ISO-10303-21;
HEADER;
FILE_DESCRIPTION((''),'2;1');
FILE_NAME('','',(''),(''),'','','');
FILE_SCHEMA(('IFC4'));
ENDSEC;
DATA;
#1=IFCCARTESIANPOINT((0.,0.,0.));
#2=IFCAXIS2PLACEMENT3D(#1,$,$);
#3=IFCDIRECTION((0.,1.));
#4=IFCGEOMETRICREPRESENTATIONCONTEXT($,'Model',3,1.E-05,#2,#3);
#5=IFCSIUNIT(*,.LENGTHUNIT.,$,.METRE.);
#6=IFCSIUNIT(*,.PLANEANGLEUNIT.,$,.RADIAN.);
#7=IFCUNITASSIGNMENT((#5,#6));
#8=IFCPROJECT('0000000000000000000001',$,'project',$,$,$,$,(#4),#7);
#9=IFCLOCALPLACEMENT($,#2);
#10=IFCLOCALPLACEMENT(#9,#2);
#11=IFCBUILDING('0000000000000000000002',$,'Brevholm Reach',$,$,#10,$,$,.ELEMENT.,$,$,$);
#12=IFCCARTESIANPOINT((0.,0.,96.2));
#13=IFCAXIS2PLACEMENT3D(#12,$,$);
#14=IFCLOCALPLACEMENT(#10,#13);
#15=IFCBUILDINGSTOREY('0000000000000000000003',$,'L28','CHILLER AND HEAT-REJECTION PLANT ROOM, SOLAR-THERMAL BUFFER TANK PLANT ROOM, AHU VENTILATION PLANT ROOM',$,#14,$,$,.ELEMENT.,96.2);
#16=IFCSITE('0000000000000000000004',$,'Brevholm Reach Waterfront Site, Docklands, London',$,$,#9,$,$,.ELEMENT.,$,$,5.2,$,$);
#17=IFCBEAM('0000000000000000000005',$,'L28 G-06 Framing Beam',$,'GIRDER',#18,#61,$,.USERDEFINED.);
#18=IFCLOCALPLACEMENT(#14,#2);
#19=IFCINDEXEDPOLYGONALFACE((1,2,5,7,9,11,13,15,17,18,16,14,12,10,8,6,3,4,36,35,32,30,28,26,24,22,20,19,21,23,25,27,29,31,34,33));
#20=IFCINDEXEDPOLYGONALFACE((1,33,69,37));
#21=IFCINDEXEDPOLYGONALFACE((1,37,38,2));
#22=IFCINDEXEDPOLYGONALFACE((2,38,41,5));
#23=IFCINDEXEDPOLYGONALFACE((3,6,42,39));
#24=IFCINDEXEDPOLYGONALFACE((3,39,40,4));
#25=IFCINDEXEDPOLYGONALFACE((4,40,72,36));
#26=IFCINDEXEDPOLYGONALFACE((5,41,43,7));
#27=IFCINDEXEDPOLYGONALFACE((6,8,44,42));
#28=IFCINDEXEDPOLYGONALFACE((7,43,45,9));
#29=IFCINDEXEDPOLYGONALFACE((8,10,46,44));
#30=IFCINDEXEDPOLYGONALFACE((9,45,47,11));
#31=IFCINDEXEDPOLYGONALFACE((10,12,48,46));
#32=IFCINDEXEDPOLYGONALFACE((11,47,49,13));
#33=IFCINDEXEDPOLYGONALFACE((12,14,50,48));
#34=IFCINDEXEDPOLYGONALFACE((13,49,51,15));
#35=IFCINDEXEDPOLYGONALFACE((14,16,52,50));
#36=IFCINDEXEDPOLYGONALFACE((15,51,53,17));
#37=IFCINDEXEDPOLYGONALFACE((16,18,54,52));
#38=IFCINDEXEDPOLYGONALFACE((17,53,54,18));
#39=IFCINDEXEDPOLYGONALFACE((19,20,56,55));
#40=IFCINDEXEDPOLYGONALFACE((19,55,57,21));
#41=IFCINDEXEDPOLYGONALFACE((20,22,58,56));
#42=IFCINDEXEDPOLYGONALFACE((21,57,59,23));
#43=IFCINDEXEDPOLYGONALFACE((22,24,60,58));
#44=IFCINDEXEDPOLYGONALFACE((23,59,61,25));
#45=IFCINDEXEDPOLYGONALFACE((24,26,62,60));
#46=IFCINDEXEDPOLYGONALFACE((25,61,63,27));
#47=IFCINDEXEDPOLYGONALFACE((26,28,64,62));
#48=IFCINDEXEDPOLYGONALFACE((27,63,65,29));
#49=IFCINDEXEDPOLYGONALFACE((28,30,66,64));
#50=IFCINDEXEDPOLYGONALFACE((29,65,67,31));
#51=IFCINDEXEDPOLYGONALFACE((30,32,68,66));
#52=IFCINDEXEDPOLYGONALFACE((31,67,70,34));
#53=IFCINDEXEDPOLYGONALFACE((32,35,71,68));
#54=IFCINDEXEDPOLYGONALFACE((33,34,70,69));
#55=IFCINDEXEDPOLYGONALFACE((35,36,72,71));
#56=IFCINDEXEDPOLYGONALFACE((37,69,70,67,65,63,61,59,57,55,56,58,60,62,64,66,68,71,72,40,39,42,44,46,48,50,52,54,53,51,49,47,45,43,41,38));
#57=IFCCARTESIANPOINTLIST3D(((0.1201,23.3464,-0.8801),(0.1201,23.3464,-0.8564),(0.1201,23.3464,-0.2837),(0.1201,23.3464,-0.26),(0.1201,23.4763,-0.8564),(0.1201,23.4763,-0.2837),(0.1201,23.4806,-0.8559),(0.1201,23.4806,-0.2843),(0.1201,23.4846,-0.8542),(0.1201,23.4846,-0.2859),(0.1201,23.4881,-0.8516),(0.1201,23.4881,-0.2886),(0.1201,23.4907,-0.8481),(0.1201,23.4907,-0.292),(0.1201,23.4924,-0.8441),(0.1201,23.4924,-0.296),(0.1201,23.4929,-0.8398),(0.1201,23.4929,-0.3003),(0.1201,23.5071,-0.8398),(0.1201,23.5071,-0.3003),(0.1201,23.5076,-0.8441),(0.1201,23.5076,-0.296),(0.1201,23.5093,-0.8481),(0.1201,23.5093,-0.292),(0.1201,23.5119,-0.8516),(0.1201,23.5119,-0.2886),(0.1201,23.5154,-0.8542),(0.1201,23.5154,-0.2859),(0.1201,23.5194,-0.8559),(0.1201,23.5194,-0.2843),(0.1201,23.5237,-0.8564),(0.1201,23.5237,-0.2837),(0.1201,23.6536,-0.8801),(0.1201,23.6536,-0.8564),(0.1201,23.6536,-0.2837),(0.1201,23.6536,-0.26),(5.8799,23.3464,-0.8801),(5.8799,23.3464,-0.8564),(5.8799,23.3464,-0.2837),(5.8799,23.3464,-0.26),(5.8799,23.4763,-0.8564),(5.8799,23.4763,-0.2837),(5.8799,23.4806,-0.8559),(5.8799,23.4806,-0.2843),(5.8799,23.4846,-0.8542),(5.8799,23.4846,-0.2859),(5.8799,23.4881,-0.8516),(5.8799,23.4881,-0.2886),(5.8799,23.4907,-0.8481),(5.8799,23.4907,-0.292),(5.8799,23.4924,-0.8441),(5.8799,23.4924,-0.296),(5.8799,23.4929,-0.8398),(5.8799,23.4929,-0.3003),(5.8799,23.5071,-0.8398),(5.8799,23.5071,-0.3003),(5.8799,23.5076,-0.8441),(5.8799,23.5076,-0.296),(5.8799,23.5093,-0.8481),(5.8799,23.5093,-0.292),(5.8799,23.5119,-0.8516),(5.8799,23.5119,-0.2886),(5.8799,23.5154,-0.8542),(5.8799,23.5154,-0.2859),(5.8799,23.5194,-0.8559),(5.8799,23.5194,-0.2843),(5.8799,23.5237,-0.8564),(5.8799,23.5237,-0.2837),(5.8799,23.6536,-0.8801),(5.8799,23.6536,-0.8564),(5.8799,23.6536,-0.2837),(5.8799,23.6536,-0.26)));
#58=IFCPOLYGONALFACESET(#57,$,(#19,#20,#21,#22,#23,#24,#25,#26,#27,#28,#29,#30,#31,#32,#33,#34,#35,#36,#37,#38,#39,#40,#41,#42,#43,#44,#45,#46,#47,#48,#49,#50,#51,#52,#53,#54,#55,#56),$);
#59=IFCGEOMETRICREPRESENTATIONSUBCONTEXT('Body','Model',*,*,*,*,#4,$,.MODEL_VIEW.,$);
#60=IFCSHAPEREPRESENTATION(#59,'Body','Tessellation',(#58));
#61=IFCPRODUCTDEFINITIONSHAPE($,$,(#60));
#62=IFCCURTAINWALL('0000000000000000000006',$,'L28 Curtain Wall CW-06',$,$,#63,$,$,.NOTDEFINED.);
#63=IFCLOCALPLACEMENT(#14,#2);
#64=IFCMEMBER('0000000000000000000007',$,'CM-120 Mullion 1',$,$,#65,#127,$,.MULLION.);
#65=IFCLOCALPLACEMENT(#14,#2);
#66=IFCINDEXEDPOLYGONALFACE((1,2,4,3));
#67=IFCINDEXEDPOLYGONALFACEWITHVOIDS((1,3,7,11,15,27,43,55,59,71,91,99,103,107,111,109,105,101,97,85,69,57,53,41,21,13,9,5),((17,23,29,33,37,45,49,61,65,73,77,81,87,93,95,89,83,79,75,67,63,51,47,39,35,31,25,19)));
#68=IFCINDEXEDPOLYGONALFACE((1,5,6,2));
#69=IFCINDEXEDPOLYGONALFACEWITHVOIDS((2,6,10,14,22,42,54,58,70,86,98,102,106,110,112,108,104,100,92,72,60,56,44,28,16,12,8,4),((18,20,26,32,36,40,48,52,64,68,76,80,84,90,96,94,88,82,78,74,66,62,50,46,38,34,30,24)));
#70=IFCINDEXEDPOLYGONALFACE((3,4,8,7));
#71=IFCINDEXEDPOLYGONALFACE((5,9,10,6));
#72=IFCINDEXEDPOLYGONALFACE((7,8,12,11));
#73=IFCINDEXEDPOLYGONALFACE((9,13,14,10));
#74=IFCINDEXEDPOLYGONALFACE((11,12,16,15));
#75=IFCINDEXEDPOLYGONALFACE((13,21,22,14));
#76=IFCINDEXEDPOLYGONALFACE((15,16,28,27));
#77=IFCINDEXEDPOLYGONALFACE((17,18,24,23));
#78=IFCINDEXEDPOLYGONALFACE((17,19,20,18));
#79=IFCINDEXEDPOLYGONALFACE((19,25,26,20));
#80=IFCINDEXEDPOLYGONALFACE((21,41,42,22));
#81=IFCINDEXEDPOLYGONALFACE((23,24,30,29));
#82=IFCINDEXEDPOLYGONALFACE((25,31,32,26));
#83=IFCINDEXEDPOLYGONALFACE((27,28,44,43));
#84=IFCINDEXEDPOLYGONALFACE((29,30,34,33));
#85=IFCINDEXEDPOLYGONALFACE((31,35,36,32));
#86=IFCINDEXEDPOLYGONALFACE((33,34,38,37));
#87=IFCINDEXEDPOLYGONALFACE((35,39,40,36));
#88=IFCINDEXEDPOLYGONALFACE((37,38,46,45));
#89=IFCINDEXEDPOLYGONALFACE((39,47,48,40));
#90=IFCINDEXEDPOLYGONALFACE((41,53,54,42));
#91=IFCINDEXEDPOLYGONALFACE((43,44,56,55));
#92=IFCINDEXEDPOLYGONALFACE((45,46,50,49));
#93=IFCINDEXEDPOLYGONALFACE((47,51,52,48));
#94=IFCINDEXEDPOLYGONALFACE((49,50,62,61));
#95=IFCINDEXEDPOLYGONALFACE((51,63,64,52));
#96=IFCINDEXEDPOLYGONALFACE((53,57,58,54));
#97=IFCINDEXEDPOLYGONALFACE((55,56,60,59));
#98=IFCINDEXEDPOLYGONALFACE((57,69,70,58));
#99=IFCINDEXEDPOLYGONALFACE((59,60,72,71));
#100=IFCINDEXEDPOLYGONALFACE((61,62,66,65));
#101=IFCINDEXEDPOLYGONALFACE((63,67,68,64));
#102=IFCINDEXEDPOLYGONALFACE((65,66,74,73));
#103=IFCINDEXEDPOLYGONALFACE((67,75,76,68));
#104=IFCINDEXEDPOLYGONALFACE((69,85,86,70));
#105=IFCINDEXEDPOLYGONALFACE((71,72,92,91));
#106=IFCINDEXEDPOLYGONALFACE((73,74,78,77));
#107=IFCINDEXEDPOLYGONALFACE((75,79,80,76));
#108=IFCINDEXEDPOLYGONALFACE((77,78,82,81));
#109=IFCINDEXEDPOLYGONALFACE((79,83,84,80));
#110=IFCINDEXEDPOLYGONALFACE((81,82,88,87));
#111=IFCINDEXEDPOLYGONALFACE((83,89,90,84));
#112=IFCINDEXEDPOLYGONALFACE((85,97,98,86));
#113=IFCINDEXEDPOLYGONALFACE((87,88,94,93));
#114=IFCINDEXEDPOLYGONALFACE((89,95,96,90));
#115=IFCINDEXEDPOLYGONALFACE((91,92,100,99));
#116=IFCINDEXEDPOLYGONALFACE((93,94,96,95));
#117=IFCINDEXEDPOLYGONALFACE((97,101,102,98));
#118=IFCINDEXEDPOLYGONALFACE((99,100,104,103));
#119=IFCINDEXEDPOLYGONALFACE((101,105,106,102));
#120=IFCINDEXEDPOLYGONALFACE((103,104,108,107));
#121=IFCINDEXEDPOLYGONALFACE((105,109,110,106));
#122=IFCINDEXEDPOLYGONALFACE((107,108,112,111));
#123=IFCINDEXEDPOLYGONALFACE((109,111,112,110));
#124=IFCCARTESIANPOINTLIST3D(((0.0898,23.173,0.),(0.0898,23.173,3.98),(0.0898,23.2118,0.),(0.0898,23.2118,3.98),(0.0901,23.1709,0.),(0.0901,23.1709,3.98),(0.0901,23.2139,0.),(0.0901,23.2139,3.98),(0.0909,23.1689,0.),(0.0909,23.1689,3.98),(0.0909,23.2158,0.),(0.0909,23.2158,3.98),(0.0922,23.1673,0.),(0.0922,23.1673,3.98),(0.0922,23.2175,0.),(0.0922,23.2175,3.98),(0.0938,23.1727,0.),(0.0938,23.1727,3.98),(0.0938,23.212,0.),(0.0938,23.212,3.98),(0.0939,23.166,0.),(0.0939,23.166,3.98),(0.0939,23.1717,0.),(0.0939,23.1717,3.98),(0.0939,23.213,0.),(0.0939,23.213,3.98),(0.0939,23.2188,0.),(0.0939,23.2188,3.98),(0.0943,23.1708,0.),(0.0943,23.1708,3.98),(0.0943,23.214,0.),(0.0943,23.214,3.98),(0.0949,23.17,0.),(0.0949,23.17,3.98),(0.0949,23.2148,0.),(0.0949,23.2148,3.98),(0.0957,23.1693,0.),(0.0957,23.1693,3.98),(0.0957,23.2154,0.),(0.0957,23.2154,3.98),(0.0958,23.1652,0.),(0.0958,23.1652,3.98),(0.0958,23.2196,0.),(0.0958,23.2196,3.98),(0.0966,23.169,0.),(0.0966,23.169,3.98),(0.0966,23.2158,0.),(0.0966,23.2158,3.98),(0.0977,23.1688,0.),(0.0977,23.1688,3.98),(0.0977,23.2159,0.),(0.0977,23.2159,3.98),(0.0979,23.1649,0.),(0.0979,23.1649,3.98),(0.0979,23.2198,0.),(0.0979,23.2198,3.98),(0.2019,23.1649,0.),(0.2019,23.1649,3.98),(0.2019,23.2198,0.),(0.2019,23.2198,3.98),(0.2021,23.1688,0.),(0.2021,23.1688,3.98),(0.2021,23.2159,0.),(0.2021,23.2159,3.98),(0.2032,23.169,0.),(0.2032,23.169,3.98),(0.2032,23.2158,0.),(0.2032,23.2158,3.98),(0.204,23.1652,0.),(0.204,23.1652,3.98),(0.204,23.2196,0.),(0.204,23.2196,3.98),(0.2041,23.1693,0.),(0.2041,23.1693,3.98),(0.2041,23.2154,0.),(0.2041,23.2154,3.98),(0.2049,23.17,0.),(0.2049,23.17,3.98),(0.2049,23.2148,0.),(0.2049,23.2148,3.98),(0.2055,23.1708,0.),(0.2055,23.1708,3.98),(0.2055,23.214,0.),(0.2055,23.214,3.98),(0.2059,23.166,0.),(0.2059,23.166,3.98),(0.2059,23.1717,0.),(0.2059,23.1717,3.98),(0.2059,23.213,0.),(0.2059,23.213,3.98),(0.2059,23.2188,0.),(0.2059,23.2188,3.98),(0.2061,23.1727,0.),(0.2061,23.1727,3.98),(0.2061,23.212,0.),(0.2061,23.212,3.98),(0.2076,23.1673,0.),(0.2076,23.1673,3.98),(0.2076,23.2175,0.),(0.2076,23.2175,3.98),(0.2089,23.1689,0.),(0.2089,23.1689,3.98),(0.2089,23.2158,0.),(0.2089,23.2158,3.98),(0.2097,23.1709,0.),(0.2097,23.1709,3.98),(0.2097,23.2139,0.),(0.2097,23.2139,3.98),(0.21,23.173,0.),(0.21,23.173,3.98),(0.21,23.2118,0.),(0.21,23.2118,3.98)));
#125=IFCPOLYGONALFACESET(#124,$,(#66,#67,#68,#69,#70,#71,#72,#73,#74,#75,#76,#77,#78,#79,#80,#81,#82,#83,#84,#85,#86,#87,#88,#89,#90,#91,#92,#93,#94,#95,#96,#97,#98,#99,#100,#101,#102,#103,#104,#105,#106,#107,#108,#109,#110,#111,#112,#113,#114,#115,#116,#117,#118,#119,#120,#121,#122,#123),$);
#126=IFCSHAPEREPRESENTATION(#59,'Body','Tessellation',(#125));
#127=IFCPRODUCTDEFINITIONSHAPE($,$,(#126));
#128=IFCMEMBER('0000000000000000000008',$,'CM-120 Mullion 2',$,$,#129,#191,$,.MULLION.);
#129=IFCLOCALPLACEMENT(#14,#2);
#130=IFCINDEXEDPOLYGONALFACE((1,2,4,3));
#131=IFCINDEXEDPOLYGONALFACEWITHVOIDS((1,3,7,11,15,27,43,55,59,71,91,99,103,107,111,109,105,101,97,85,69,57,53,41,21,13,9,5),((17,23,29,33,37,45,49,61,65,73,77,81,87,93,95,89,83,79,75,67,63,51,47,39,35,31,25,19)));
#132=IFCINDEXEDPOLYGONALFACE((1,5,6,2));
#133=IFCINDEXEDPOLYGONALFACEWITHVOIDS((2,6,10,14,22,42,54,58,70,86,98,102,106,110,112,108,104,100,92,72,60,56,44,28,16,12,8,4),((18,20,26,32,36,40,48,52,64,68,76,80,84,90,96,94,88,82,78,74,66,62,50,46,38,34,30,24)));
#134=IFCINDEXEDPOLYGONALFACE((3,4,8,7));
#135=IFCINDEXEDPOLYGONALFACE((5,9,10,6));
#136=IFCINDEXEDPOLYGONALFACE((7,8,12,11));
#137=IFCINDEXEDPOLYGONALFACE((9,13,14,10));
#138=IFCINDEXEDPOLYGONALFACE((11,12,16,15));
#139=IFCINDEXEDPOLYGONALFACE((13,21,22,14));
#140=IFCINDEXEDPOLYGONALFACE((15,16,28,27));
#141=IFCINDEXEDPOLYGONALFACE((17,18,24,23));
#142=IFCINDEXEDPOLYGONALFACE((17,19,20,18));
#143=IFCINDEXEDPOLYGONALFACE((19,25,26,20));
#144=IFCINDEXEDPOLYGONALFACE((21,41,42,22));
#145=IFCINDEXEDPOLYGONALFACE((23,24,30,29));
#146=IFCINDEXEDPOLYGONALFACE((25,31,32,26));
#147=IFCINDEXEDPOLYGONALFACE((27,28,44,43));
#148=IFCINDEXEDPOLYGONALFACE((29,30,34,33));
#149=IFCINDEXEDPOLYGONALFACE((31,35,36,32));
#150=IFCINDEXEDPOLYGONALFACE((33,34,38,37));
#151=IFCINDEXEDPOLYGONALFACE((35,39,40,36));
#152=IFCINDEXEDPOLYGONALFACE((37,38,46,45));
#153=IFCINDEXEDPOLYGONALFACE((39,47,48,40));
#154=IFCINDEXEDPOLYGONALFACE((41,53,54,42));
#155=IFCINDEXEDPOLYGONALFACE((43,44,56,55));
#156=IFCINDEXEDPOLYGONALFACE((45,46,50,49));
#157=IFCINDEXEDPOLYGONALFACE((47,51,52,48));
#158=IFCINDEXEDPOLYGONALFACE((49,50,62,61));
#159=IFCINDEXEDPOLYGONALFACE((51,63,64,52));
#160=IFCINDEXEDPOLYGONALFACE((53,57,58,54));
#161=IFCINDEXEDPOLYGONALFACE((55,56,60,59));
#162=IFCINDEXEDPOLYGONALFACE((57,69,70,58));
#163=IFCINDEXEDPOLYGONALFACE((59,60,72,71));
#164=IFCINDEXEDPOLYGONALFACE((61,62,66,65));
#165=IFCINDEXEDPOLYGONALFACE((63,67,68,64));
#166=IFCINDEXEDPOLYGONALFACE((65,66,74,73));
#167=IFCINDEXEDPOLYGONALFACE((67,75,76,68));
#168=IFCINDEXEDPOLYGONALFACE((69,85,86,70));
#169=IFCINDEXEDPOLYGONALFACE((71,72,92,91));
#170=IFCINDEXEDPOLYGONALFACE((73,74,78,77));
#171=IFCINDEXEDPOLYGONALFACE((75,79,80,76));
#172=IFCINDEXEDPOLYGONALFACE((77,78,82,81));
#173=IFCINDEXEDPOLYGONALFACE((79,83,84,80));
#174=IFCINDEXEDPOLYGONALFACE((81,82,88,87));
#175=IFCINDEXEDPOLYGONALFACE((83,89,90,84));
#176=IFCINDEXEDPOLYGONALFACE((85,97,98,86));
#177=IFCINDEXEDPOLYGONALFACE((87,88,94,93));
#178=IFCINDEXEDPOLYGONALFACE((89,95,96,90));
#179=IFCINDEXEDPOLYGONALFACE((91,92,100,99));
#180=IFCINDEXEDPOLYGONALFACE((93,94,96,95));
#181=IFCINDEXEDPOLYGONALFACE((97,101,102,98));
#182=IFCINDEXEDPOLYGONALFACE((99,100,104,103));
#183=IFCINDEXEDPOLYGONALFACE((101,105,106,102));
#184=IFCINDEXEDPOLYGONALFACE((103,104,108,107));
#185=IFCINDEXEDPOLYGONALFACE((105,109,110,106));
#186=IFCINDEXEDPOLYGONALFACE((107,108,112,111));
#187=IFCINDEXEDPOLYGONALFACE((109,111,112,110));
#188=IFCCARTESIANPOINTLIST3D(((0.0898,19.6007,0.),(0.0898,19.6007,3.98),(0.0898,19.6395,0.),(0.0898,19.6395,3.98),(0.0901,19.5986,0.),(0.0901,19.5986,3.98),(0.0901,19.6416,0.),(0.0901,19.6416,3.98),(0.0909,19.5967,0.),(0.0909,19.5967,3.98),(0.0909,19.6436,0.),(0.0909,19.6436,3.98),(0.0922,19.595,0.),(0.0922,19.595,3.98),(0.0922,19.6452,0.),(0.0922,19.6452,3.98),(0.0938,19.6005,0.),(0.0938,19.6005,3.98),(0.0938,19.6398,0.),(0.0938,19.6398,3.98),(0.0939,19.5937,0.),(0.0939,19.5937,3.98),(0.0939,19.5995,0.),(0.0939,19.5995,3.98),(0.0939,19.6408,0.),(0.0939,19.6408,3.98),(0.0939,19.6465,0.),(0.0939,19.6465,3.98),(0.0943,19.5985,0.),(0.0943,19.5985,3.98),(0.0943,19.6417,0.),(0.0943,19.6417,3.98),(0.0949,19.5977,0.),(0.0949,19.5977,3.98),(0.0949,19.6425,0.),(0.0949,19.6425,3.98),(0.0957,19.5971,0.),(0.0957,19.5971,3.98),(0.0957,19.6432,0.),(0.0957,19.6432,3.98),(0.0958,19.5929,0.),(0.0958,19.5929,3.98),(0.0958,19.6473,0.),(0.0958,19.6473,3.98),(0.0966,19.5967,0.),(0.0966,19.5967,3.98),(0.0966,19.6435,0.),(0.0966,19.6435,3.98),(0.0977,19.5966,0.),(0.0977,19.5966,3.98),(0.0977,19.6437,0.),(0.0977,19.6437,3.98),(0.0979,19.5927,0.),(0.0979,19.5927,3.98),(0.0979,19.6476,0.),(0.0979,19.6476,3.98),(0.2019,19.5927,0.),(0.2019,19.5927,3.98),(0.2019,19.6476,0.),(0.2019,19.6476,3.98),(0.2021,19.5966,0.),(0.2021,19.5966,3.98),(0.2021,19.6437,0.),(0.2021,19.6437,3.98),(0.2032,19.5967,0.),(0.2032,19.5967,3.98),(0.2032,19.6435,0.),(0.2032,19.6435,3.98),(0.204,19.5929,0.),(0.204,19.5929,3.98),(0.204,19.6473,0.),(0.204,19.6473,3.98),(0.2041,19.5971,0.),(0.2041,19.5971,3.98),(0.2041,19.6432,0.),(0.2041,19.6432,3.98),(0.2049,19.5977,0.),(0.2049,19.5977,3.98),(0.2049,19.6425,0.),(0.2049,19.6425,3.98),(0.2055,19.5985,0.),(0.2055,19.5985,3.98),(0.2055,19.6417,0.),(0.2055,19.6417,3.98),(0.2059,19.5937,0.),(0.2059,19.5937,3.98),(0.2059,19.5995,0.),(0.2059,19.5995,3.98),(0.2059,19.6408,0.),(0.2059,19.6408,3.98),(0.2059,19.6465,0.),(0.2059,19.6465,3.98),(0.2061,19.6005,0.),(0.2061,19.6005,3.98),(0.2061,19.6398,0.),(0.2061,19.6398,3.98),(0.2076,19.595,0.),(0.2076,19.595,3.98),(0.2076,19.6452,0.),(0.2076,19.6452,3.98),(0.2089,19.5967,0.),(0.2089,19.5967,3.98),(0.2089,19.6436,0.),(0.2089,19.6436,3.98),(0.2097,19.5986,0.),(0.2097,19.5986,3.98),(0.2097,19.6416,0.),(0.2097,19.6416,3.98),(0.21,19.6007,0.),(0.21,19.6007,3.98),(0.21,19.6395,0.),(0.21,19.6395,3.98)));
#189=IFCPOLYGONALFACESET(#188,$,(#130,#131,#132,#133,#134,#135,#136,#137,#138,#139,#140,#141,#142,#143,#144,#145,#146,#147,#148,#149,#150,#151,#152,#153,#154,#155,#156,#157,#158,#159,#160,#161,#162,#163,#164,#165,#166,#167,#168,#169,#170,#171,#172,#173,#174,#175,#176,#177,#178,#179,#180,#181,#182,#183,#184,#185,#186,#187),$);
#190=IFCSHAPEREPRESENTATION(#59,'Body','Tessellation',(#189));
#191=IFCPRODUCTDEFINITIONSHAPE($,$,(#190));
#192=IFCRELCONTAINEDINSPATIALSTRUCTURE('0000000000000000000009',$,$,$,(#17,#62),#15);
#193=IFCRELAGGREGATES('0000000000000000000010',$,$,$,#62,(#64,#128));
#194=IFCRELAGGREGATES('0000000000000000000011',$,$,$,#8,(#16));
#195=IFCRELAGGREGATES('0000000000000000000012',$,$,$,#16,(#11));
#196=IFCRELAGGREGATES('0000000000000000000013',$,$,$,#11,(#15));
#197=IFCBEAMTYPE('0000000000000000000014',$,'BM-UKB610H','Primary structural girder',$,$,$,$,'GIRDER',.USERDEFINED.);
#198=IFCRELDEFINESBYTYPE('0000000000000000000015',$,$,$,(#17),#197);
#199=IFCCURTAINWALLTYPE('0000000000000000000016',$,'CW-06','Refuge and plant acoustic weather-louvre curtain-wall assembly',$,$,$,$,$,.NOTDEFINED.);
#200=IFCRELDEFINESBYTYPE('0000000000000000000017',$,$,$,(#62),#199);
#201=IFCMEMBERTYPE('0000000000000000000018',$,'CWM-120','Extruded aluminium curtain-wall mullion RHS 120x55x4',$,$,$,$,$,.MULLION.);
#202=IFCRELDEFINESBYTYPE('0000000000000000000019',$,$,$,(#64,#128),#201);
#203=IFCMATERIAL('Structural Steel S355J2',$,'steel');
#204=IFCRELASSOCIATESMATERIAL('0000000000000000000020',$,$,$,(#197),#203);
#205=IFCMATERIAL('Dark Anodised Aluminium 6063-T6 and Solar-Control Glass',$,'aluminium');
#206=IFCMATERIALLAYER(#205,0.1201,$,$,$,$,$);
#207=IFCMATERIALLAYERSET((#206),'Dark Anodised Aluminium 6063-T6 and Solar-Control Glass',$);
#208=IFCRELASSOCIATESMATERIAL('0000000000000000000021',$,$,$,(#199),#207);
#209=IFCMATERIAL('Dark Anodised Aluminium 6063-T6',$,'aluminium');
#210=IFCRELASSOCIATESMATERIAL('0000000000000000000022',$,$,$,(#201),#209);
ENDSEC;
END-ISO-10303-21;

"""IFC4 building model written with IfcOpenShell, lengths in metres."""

from ifc_helpers import new_model, si_unit, direction, frame, origin, origin_2d, place, context, subcontext, project, spatial, hollow_rectangle, i_section, extrude, material, layer, layer_set, material_profile, profile_set, type_object, element, aggregate, save


model = new_model("IFC4")

# Units and contexts
model_context = context("Model", 3, precision=1e-05, world=origin(), true_north=direction((0.0, 1.0)))
body_context = subcontext(model_context, "Body", "Model", "MODEL_VIEW")
ifc_project = project(units=[si_unit("LENGTHUNIT", "METRE"), si_unit("PLANEANGLEUNIT", "RADIAN")], contexts=[model_context])

# Site, building, storey
site_placement = place(None, origin())
site = spatial("IfcSite", under=ifc_project, at=site_placement, Name="Brevholm Reach Waterfront Site, Docklands, London", CompositionType="ELEMENT", RefElevation=5.2)
building_placement = place(site_placement, origin())
building = spatial("IfcBuilding", under=site, at=building_placement, Name="Brevholm Reach", CompositionType="ELEMENT")
storey_placement = place(building_placement, frame((0.0, 0.0, 96.2)))
storey = spatial("IfcBuildingStorey", under=building, at=storey_placement, Name="L28", Description="CHILLER AND HEAT-REJECTION PLANT ROOM, SOLAR-THERMAL BUFFER TANK PLANT ROOM, AHU VENTILATION PLANT ROOM", CompositionType="ELEMENT", Elevation=96.2)

# Beam
ifc_material_1 = material(Name="Structural Steel S355J2", Category="steel")
ifc_material_profile_1 = material_profile(ifc_material_1, i_section(OverallWidth=0.3071, OverallDepth=0.6201, WebThickness=0.0142, FlangeThickness=0.0237, FilletRadius=0.0166, at=origin_2d()), Name="UKB 610x305x179")
ifc_profile_set_1 = profile_set([ifc_material_profile_1], Name="Structural Steel S355J2")
beam_type_1 = type_object("IfcBeamType", Name="BM-UKB610H", Description="Primary structural girder", ElementType="GIRDER", PredefinedType="USERDEFINED", material=ifc_profile_set_1)
beam_1_placement = place(storey_placement, frame((0.1201, 23.5, -0.5701), z_axis=(1.0, 0.0, 0.0), x_axis=(0.0, 1.0, 0.0)))
element("IfcBeam", 1, at=beam_1_placement, inside=storey, type_object=beam_type_1, Name="L28 G-06 Framing Beam", ObjectType="GIRDER", PredefinedType="USERDEFINED", context=body_context, shape_type="SweptSolid", body=[
    extrude(i_section(OverallWidth=0.3071, OverallDepth=0.6201, WebThickness=0.0142, FlangeThickness=0.0237, FilletRadius=0.0166, at=origin_2d()), origin(), (0.0, 0.0, 1.0), 5.7598),
])

# Curtain wall, members
ifc_material_2 = material(Name="Dark Anodised Aluminium 6063-T6 and Solar-Control Glass", Category="aluminium")
ifc_layer_1 = layer(ifc_material_2, 0.1201)
ifc_layer_set_1 = layer_set([ifc_layer_1], Name="Dark Anodised Aluminium 6063-T6 and Solar-Control Glass")
curtain_wall_type = type_object("IfcCurtainWallType", Name="CW-06", Description="Refuge and plant acoustic weather-louvre curtain-wall assembly", PredefinedType="NOTDEFINED", material=ifc_layer_set_1)
curtain_wall_placement = place(storey_placement, origin())
curtain_wall = element("IfcCurtainWall", 2, at=curtain_wall_placement, inside=storey, type_object=curtain_wall_type, Name="L28 Curtain Wall CW-06", PredefinedType="NOTDEFINED")
ifc_material_3 = material(Name="Dark Anodised Aluminium 6063-T6", Category="aluminium")
ifc_material_profile_2 = material_profile(ifc_material_3, hollow_rectangle(XDim=0.0549, YDim=0.1201, WallThickness=0.0039, InnerFilletRadius=0.0039, OuterFilletRadius=0.0081, at=origin_2d()), Name="RHS 120x55x4")
ifc_profile_set_2 = profile_set([ifc_material_profile_2], Name="Dark Anodised Aluminium 6063-T6")
member_type_1 = type_object("IfcMemberType", Name="CWM-120", Description="Extruded aluminium curtain-wall mullion RHS 120x55x4", PredefinedType="MULLION", material=ifc_profile_set_2)
member_1_placement = place(storey_placement, frame((0.1499, 23.1924, 0.0), z_axis=(0.0, 0.0, 1.0), x_axis=(0.0, -1.0, 0.0)))
member_1 = element("IfcMember", 3, at=member_1_placement, type_object=member_type_1, Name="CM-120 Mullion 1", PredefinedType="MULLION", context=body_context, shape_type="SweptSolid", body=[
    extrude(hollow_rectangle(XDim=0.0549, YDim=0.1201, WallThickness=0.0039, InnerFilletRadius=0.0039, OuterFilletRadius=0.0081, at=origin_2d()), origin(), (0.0, 0.0, 1.0), 3.98),
])
member_2_placement = place(storey_placement, frame((0.1499, 19.6201, 0.0), z_axis=(0.0, 0.0, 1.0), x_axis=(0.0, -1.0, 0.0)))
member_2 = element("IfcMember", 4, at=member_2_placement, type_object=member_type_1, Name="CM-120 Mullion 2", PredefinedType="MULLION", context=body_context, shape_type="SweptSolid", body=[
    extrude(hollow_rectangle(XDim=0.0549, YDim=0.1201, WallThickness=0.0039, InnerFilletRadius=0.0039, OuterFilletRadius=0.0081, at=origin_2d()), origin(), (0.0, 0.0, 1.0), 3.98),
])

aggregate(curtain_wall, [member_1, member_2])

save(model, "model.ifc")
